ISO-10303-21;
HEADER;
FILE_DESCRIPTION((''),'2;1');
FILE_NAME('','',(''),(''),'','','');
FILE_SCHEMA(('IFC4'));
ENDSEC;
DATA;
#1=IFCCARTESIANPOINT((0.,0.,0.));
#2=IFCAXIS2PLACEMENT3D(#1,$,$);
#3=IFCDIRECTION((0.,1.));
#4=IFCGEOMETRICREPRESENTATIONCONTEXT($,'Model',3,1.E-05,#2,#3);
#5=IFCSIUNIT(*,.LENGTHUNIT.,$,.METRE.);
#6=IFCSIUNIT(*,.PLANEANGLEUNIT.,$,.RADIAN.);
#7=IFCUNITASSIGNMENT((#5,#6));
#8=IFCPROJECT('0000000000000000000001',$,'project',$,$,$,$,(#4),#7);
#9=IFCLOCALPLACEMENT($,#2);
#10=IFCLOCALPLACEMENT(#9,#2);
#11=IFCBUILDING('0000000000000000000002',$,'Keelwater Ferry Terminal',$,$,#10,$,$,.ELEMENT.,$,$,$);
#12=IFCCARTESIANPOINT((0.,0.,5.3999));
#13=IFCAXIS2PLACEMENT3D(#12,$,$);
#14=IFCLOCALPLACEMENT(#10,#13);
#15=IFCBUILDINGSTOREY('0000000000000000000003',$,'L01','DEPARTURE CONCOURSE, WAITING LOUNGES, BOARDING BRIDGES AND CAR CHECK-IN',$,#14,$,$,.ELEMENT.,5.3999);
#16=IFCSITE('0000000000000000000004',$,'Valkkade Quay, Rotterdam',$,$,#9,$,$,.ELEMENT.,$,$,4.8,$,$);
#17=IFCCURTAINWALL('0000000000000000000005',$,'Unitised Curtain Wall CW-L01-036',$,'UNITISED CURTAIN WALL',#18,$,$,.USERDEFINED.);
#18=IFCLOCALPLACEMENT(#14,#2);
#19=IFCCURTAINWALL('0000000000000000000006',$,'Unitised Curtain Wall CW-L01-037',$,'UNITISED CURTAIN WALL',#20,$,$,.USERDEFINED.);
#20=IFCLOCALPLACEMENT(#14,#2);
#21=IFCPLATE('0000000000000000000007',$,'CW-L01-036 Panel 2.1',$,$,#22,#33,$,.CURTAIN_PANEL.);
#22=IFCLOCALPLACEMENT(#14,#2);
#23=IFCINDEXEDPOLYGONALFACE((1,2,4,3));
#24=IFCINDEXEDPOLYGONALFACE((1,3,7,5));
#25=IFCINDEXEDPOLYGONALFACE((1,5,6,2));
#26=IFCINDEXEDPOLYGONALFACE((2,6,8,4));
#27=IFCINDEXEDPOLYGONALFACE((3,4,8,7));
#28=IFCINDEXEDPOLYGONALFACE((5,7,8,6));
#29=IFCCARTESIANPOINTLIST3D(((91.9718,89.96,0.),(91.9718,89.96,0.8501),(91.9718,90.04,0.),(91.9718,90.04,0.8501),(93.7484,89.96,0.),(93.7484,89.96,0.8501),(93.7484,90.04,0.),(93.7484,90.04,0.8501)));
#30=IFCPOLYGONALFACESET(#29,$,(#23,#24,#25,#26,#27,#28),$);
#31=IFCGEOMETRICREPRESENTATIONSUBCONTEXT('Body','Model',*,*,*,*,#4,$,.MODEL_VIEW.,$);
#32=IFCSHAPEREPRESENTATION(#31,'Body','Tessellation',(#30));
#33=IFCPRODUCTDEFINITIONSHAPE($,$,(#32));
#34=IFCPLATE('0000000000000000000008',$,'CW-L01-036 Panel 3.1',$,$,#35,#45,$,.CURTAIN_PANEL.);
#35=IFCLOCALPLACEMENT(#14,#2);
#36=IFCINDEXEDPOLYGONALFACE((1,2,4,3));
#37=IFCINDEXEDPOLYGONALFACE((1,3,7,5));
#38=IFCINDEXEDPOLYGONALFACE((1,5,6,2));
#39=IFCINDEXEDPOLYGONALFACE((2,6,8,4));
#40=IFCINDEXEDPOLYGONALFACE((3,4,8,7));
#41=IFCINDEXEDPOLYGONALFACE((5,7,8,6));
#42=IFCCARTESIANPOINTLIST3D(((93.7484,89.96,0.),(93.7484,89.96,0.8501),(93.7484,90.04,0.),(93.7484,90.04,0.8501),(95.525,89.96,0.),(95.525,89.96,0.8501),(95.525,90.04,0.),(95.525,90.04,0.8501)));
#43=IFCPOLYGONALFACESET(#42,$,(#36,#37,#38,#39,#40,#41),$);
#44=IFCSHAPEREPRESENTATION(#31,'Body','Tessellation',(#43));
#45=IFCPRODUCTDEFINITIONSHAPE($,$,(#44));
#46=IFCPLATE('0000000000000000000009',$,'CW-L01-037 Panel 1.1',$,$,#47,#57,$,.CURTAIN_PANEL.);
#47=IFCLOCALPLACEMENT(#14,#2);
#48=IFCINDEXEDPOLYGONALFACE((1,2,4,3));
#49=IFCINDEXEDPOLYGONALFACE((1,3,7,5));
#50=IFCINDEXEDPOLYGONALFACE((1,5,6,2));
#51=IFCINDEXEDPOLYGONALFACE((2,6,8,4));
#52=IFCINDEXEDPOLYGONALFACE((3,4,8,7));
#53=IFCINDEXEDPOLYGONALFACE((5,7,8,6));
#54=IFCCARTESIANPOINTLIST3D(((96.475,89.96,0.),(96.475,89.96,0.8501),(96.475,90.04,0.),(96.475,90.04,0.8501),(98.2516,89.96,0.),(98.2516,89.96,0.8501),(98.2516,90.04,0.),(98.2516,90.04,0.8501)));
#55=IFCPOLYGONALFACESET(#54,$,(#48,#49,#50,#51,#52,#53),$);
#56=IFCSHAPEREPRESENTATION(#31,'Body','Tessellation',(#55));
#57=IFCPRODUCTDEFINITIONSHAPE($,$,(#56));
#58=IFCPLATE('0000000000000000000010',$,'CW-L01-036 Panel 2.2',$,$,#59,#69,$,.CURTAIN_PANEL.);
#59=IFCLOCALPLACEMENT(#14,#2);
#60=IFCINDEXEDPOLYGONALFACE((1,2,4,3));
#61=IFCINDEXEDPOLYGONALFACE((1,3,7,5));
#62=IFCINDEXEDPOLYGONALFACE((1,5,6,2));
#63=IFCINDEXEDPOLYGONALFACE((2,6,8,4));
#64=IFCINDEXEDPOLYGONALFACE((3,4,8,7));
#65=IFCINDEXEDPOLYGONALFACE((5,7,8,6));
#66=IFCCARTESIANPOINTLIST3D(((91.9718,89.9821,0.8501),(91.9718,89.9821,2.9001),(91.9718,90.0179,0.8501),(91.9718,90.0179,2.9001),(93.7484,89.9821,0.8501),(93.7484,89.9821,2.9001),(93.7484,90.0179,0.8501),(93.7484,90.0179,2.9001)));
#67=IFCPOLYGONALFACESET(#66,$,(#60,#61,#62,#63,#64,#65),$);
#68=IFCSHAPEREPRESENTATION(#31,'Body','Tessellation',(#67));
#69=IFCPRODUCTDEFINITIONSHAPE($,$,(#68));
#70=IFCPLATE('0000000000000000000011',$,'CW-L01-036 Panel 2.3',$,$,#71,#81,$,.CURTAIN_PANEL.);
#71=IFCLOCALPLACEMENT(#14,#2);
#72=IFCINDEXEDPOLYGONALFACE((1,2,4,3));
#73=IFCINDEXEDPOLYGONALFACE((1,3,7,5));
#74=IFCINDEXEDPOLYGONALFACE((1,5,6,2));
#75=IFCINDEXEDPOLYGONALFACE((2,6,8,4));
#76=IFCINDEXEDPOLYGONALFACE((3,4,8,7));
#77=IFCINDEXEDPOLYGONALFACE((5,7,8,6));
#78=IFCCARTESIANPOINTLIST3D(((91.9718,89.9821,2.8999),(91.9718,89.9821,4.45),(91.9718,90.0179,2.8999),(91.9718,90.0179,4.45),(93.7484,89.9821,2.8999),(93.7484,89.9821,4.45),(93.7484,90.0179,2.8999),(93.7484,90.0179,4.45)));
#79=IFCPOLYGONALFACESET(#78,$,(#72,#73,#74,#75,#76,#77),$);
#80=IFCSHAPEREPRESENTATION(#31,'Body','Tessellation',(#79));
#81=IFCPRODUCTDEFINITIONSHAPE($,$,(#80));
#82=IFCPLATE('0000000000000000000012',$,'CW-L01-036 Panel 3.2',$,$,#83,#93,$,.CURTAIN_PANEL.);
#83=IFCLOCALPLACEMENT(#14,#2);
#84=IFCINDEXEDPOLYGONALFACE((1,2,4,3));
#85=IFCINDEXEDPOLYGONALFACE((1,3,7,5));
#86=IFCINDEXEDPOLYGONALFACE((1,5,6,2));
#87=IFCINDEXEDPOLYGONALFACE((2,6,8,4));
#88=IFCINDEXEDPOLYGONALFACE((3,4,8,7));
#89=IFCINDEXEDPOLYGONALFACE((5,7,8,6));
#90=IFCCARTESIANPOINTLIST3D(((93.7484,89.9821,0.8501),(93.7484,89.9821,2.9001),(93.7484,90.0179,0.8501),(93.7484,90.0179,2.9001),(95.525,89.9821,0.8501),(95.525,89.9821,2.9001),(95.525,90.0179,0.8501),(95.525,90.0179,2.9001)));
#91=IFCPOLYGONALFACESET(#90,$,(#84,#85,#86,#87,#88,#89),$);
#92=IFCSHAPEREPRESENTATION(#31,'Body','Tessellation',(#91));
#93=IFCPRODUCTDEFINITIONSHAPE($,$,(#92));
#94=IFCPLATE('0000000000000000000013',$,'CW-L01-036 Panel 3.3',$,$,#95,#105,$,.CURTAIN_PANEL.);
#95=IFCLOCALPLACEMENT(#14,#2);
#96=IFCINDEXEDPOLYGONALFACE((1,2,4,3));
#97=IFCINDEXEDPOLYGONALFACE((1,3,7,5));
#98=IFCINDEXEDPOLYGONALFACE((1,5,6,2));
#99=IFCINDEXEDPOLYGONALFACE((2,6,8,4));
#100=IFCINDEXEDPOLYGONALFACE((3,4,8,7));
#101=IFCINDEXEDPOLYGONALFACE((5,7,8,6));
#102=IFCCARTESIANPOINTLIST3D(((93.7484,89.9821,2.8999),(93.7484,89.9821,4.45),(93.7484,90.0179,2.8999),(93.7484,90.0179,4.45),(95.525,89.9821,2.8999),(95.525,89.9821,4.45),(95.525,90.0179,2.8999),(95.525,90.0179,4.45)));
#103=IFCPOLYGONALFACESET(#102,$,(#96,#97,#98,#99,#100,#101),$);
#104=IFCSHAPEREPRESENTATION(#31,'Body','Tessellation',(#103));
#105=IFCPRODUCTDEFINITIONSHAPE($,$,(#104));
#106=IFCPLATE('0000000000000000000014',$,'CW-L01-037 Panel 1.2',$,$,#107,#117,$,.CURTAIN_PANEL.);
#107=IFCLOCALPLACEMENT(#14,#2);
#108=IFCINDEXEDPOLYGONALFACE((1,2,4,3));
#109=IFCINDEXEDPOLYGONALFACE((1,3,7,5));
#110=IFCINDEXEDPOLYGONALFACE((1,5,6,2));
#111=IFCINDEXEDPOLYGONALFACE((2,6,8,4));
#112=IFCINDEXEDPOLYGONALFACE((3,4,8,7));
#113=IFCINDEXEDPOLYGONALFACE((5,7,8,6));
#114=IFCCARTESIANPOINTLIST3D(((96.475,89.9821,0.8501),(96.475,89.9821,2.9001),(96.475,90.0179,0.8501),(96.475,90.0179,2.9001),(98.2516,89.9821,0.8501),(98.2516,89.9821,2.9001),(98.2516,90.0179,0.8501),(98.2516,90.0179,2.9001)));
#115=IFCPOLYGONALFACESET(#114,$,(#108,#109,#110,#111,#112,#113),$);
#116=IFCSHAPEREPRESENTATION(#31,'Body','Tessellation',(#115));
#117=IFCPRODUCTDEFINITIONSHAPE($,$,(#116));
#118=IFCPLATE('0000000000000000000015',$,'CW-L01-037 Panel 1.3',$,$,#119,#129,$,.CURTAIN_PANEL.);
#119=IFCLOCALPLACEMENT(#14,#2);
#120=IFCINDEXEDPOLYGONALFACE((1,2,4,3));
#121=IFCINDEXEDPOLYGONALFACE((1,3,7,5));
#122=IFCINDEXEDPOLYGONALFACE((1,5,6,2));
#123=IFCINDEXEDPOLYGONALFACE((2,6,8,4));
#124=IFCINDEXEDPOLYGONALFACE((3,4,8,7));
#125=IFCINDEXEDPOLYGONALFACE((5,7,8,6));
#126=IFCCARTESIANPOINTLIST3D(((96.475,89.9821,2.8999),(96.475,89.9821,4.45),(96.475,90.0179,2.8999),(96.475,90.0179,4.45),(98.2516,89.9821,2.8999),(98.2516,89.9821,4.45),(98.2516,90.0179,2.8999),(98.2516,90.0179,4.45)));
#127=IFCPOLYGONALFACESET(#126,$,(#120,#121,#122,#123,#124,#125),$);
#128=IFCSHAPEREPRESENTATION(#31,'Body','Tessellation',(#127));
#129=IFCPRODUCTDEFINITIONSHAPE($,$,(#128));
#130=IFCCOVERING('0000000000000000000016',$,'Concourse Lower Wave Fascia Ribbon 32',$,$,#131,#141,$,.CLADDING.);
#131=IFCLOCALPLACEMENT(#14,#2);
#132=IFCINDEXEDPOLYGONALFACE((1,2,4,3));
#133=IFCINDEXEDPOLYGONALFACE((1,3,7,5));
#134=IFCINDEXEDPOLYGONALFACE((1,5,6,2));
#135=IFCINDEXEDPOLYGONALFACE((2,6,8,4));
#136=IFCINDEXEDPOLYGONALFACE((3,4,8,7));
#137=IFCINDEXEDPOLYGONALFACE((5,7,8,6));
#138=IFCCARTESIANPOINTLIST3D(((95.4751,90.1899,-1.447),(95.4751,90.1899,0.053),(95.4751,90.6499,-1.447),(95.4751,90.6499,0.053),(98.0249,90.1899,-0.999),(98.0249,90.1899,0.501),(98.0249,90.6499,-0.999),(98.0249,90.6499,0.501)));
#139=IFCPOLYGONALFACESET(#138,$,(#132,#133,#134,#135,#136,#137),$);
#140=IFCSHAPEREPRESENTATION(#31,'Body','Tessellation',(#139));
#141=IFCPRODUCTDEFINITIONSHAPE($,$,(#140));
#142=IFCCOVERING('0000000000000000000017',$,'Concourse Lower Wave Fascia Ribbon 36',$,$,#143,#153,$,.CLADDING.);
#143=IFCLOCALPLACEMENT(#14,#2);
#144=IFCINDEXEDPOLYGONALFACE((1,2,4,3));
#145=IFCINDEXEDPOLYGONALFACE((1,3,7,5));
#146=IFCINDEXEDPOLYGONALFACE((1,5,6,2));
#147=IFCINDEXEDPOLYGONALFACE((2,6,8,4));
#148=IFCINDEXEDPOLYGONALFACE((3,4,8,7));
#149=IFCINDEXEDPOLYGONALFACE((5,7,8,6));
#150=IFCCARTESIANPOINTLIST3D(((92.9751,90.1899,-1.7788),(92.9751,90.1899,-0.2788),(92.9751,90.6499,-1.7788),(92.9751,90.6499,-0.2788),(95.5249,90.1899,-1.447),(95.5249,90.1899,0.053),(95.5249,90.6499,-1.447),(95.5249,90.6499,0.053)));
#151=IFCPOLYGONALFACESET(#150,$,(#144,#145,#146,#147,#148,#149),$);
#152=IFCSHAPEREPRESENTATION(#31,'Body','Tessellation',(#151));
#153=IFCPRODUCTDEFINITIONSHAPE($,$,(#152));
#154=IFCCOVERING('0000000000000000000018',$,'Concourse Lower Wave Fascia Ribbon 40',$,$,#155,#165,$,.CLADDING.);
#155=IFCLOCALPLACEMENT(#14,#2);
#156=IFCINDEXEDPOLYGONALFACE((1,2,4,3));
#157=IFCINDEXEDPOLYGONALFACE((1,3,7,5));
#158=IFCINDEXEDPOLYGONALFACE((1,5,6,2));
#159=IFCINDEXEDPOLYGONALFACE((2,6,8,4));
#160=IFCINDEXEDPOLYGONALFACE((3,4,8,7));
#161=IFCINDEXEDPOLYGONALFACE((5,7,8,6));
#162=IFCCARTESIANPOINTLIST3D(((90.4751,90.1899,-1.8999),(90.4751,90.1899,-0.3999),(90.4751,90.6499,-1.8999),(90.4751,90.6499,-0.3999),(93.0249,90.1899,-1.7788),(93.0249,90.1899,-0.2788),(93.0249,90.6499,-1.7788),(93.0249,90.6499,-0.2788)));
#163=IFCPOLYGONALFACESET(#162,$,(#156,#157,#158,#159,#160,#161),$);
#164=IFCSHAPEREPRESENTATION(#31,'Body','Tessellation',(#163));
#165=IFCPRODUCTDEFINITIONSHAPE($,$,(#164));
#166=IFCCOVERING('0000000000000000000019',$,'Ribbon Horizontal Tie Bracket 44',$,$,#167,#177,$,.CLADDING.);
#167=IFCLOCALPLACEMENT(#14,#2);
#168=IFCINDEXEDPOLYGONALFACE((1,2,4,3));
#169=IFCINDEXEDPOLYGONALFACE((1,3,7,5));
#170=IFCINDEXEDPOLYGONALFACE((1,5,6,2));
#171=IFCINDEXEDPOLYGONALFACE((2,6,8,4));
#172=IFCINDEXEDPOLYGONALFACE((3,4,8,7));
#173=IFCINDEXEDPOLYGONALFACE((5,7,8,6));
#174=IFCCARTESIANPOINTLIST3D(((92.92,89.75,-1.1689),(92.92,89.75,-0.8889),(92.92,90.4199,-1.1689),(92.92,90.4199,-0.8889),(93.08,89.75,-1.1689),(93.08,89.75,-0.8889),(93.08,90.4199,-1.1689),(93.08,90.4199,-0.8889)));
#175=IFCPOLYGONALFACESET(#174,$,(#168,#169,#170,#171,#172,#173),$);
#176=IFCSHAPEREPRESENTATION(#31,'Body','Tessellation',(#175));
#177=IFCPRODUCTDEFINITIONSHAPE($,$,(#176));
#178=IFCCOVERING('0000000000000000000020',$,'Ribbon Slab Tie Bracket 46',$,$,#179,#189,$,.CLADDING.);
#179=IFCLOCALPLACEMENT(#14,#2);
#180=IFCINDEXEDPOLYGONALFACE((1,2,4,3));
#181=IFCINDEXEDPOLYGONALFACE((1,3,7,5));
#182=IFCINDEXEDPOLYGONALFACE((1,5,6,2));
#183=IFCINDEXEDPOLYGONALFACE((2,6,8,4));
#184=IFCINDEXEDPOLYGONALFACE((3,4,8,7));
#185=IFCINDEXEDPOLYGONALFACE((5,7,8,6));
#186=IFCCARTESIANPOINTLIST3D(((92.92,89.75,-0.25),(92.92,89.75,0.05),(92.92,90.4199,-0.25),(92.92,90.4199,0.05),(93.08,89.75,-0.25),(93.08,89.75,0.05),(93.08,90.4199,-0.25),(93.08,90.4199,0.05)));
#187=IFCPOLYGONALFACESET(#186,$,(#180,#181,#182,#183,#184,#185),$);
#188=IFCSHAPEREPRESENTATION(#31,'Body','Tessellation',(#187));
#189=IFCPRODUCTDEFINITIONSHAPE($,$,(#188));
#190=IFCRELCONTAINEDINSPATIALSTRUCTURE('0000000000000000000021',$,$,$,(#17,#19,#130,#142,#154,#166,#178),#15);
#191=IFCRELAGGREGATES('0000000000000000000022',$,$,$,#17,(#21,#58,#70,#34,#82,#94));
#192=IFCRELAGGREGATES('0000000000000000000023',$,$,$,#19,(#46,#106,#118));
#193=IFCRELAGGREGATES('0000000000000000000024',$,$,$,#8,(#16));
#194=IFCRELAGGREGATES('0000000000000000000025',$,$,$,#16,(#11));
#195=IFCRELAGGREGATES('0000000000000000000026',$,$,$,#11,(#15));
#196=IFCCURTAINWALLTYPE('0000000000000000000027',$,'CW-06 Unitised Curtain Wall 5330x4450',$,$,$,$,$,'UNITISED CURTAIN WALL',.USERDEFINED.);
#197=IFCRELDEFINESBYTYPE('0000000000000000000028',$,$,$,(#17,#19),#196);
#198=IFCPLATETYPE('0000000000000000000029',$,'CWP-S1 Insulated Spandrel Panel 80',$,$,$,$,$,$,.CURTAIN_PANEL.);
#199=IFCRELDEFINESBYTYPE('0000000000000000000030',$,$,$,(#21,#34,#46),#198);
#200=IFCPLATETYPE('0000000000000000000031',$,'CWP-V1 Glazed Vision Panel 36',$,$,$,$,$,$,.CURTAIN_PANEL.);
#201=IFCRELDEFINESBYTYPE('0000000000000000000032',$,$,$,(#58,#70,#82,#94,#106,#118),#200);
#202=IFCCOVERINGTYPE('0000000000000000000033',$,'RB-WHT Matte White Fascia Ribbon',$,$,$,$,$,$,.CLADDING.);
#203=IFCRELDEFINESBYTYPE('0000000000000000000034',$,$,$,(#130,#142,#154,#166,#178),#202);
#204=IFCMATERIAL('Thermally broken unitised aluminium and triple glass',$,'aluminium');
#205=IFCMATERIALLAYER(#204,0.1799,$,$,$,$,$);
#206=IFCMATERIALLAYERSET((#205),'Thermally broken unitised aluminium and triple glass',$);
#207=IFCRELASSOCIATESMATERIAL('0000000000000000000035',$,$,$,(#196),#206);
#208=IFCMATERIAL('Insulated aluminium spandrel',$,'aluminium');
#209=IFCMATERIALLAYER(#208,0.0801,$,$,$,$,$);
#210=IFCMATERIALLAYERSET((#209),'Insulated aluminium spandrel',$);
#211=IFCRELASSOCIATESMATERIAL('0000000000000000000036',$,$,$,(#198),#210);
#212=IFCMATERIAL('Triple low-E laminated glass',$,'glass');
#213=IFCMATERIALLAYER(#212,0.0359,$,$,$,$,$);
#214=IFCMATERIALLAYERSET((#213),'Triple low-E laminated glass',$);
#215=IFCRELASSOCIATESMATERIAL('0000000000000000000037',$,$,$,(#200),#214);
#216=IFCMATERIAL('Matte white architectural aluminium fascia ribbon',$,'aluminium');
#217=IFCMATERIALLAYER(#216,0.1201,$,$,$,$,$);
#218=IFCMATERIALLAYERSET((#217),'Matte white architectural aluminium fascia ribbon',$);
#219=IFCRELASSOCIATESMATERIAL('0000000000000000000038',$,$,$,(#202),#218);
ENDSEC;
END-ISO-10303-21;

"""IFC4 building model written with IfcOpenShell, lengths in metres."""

from ifc_helpers import new_model, si_unit, direction, frame, frame_2d, origin, origin_2d, place, context, subcontext, project, spatial, polyline, rectangle, outline, extrude, material, layer, layer_set, type_object, element, aggregate, save


model = new_model("IFC4")

# Units and contexts
model_context = context("Model", 3, precision=1e-05, world=origin(), true_north=direction((0.0, 1.0)))
body_context = subcontext(model_context, "Body", "Model", "MODEL_VIEW")
ifc_project = project(units=[si_unit("LENGTHUNIT", "METRE"), si_unit("PLANEANGLEUNIT", "RADIAN")], contexts=[model_context])

# Site, building, storey
site_placement = place(None, origin())
site = spatial("IfcSite", under=ifc_project, at=site_placement, Name="Valkkade Quay, Rotterdam", CompositionType="ELEMENT", RefElevation=4.8)
building_placement = place(site_placement, origin())
building = spatial("IfcBuilding", under=site, at=building_placement, Name="Keelwater Ferry Terminal", CompositionType="ELEMENT")
storey_placement = place(building_placement, frame((0.0, 0.0, 5.3999)))
storey = spatial("IfcBuildingStorey", under=building, at=storey_placement, Name="L01", Description="DEPARTURE CONCOURSE, WAITING LOUNGES, BOARDING BRIDGES AND CAR CHECK-IN", CompositionType="ELEMENT", Elevation=5.3999)

# Curtain walls
ifc_material_1 = material(Name="Thermally broken unitised aluminium and triple glass", Category="aluminium")
ifc_layer_1 = layer(ifc_material_1, 0.1799)
ifc_layer_set_1 = layer_set([ifc_layer_1], Name="Thermally broken unitised aluminium and triple glass")
curtain_wall_type = type_object("IfcCurtainWallType", Name="CW-06 Unitised Curtain Wall 5330x4450", ElementType="UNITISED CURTAIN WALL", PredefinedType="USERDEFINED", material=ifc_layer_set_1)
curtain_wall_1_placement = place(storey_placement, origin())
curtain_wall_1 = element("IfcCurtainWall", 1, at=curtain_wall_1_placement, inside=storey, type_object=curtain_wall_type, Name="Unitised Curtain Wall CW-L01-036", ObjectType="UNITISED CURTAIN WALL", PredefinedType="USERDEFINED")
curtain_wall_2_placement = place(storey_placement, origin())
curtain_wall_2 = element("IfcCurtainWall", 2, at=curtain_wall_2_placement, inside=storey, type_object=curtain_wall_type, Name="Unitised Curtain Wall CW-L01-037", ObjectType="UNITISED CURTAIN WALL", PredefinedType="USERDEFINED")

# Plates
ifc_material_2 = material(Name="Insulated aluminium spandrel", Category="aluminium")
ifc_layer_2 = layer(ifc_material_2, 0.0801)
ifc_layer_set_2 = layer_set([ifc_layer_2], Name="Insulated aluminium spandrel")
plate_type_1 = type_object("IfcPlateType", Name="CWP-S1 Insulated Spandrel Panel 80", PredefinedType="CURTAIN_PANEL", material=ifc_layer_set_2)
plate_1_placement = place(storey_placement, frame((92.8601, 90.0, 0.0), z_axis=(0.0, 0.0, 1.0), x_axis=(1.0, 0.0, 0.0)))
plate_1 = element("IfcPlate", 3, at=plate_1_placement, type_object=plate_type_1, Name="CW-L01-036 Panel 2.1", PredefinedType="CURTAIN_PANEL", context=body_context, shape_type="SweptSolid", body=[
    extrude(rectangle(XDim=1.7766, YDim=0.0801, at=origin_2d()), origin(), (0.0, 0.0, 1.0), 0.8501),
])
plate_2_placement = place(storey_placement, frame((94.6367, 90.0, 0.0), z_axis=(0.0, 0.0, 1.0), x_axis=(1.0, 0.0, 0.0)))
plate_2 = element("IfcPlate", 4, at=plate_2_placement, type_object=plate_type_1, Name="CW-L01-036 Panel 3.1", PredefinedType="CURTAIN_PANEL", context=body_context, shape_type="SweptSolid", body=[
    extrude(rectangle(XDim=1.7766, YDim=0.0801, at=origin_2d()), origin(), (0.0, 0.0, 1.0), 0.8501),
])
plate_3_placement = place(storey_placement, frame((97.3633, 90.0, 0.0), z_axis=(0.0, 0.0, 1.0), x_axis=(1.0, 0.0, 0.0)))
plate_3 = element("IfcPlate", 5, at=plate_3_placement, type_object=plate_type_1, Name="CW-L01-037 Panel 1.1", PredefinedType="CURTAIN_PANEL", context=body_context, shape_type="SweptSolid", body=[
    extrude(rectangle(XDim=1.7766, YDim=0.0801, at=origin_2d()), origin(), (0.0, 0.0, 1.0), 0.8501),
])
ifc_material_3 = material(Name="Triple low-E laminated glass", Category="glass")
ifc_layer_3 = layer(ifc_material_3, 0.0359)
ifc_layer_set_3 = layer_set([ifc_layer_3], Name="Triple low-E laminated glass")
plate_type_2 = type_object("IfcPlateType", Name="CWP-V1 Glazed Vision Panel 36", PredefinedType="CURTAIN_PANEL", material=ifc_layer_set_3)
plate_4_placement = place(storey_placement, frame((92.8601, 90.0, 0.8501), z_axis=(0.0, 0.0, 1.0), x_axis=(1.0, 0.0, 0.0)))
plate_4 = element("IfcPlate", 6, at=plate_4_placement, type_object=plate_type_2, Name="CW-L01-036 Panel 2.2", PredefinedType="CURTAIN_PANEL", context=body_context, shape_type="SweptSolid", body=[
    extrude(rectangle(XDim=1.7766, YDim=0.0359, at=origin_2d()), origin(), (0.0, 0.0, 1.0), 2.05),
])
plate_5_placement = place(storey_placement, frame((92.8601, 90.0, 2.8999), z_axis=(0.0, 0.0, 1.0), x_axis=(1.0, 0.0, 0.0)))
plate_5 = element("IfcPlate", 7, at=plate_5_placement, type_object=plate_type_2, Name="CW-L01-036 Panel 2.3", PredefinedType="CURTAIN_PANEL", context=body_context, shape_type="SweptSolid", body=[
    extrude(rectangle(XDim=1.7766, YDim=0.0359, at=origin_2d()), origin(), (0.0, 0.0, 1.0), 1.55),
])
plate_6_placement = place(storey_placement, frame((94.6367, 90.0, 0.8501), z_axis=(0.0, 0.0, 1.0), x_axis=(1.0, 0.0, 0.0)))
plate_6 = element("IfcPlate", 8, at=plate_6_placement, type_object=plate_type_2, Name="CW-L01-036 Panel 3.2", PredefinedType="CURTAIN_PANEL", context=body_context, shape_type="SweptSolid", body=[
    extrude(rectangle(XDim=1.7766, YDim=0.0359, at=origin_2d()), origin(), (0.0, 0.0, 1.0), 2.05),
])
plate_7_placement = place(storey_placement, frame((94.6367, 90.0, 2.8999), z_axis=(0.0, 0.0, 1.0), x_axis=(1.0, 0.0, 0.0)))
plate_7 = element("IfcPlate", 9, at=plate_7_placement, type_object=plate_type_2, Name="CW-L01-036 Panel 3.3", PredefinedType="CURTAIN_PANEL", context=body_context, shape_type="SweptSolid", body=[
    extrude(rectangle(XDim=1.7766, YDim=0.0359, at=origin_2d()), origin(), (0.0, 0.0, 1.0), 1.55),
])
aggregate(curtain_wall_1, [plate_1, plate_4, plate_5, plate_2, plate_6, plate_7])
plate_8_placement = place(storey_placement, frame((97.3633, 90.0, 0.8501), z_axis=(0.0, 0.0, 1.0), x_axis=(1.0, 0.0, 0.0)))
plate_8 = element("IfcPlate", 10, at=plate_8_placement, type_object=plate_type_2, Name="CW-L01-037 Panel 1.2", PredefinedType="CURTAIN_PANEL", context=body_context, shape_type="SweptSolid", body=[
    extrude(rectangle(XDim=1.7766, YDim=0.0359, at=origin_2d()), origin(), (0.0, 0.0, 1.0), 2.05),
])
plate_9_placement = place(storey_placement, frame((97.3633, 90.0, 2.8999), z_axis=(0.0, 0.0, 1.0), x_axis=(1.0, 0.0, 0.0)))
plate_9 = element("IfcPlate", 11, at=plate_9_placement, type_object=plate_type_2, Name="CW-L01-037 Panel 1.3", PredefinedType="CURTAIN_PANEL", context=body_context, shape_type="SweptSolid", body=[
    extrude(rectangle(XDim=1.7766, YDim=0.0359, at=origin_2d()), origin(), (0.0, 0.0, 1.0), 1.55),
])
aggregate(curtain_wall_2, [plate_3, plate_8, plate_9])

# Coverings
ifc_material_4 = material(Name="Matte white architectural aluminium fascia ribbon", Category="aluminium")
ifc_layer_4 = layer(ifc_material_4, 0.1201)
ifc_layer_set_4 = layer_set([ifc_layer_4], Name="Matte white architectural aluminium fascia ribbon")
covering_type = type_object("IfcCoveringType", Name="RB-WHT Matte White Fascia Ribbon", PredefinedType="CLADDING", material=ifc_layer_set_4)
covering_1_placement = place(storey_placement, frame((98.0249, 90.4199, -1.447), z_axis=(0.0, 0.0, 1.0), x_axis=(-1.0, 0.0, 0.0)))
element("IfcCovering", 12, at=covering_1_placement, inside=storey, type_object=covering_type, Name="Concourse Lower Wave Fascia Ribbon 32", PredefinedType="CLADDING", context=body_context, shape_type="SweptSolid", body=[
    extrude(outline(polyline([(0.0, 0.448), (2.5498, 0.0), (2.5498, 1.5), (0.0, 1.948), (0.0, 0.448)])), frame((0.0, 0.23, 0.0), z_axis=(0.0, -1.0, 0.0), x_axis=(1.0, 0.0, 0.0)), (0.0, 0.0, 1.0), 0.46),
])
covering_2_placement = place(storey_placement, frame((95.5249, 90.4199, -1.7788), z_axis=(0.0, 0.0, 1.0), x_axis=(-1.0, 0.0, 0.0)))
element("IfcCovering", 13, at=covering_2_placement, inside=storey, type_object=covering_type, Name="Concourse Lower Wave Fascia Ribbon 36", PredefinedType="CLADDING", context=body_context, shape_type="SweptSolid", body=[
    extrude(outline(polyline([(0.0, 0.3318), (2.5498, 0.0), (2.5498, 1.5), (0.0, 1.8318), (0.0, 0.3318)])), frame((0.0, 0.23, 0.0), z_axis=(0.0, -1.0, 0.0), x_axis=(1.0, 0.0, 0.0)), (0.0, 0.0, 1.0), 0.46),
])
covering_3_placement = place(storey_placement, frame((93.0249, 90.4199, -1.8999), z_axis=(0.0, 0.0, 1.0), x_axis=(-1.0, 0.0, 0.0)))
element("IfcCovering", 14, at=covering_3_placement, inside=storey, type_object=covering_type, Name="Concourse Lower Wave Fascia Ribbon 40", PredefinedType="CLADDING", context=body_context, shape_type="SweptSolid", body=[
    extrude(outline(polyline([(0.0, 0.1211), (2.5498, 0.0), (2.5498, 1.5), (0.0, 1.6211), (0.0, 0.1211)])), frame((0.0, 0.23, 0.0), z_axis=(0.0, -1.0, 0.0), x_axis=(1.0, 0.0, 0.0)), (0.0, 0.0, 1.0), 0.46),
])
covering_4_placement = place(storey_placement, frame((93.0, 90.4199, -1.1689), z_axis=(0.0, 0.0, 1.0), x_axis=(0.0, -1.0, 0.0)))
element("IfcCovering", 15, at=covering_4_placement, inside=storey, type_object=covering_type, Name="Ribbon Horizontal Tie Bracket 44", PredefinedType="CLADDING", context=body_context, shape_type="SweptSolid", body=[
    extrude(rectangle(XDim=0.6699, YDim=0.1599, at=frame_2d((0.335, 0.0))), origin(), (0.0, 0.0, 1.0), 0.28),
])
covering_5_placement = place(storey_placement, frame((93.0, 90.4199, -0.25), z_axis=(0.0, 0.0, 1.0), x_axis=(0.0, -1.0, 0.0)))
element("IfcCovering", 16, at=covering_5_placement, inside=storey, type_object=covering_type, Name="Ribbon Slab Tie Bracket 46", PredefinedType="CLADDING", context=body_context, shape_type="SweptSolid", body=[
    extrude(rectangle(XDim=0.6699, YDim=0.1599, at=frame_2d((0.335, 0.0))), origin(), (0.0, 0.0, 1.0), 0.3),
])

save(model, "model.ifc")
